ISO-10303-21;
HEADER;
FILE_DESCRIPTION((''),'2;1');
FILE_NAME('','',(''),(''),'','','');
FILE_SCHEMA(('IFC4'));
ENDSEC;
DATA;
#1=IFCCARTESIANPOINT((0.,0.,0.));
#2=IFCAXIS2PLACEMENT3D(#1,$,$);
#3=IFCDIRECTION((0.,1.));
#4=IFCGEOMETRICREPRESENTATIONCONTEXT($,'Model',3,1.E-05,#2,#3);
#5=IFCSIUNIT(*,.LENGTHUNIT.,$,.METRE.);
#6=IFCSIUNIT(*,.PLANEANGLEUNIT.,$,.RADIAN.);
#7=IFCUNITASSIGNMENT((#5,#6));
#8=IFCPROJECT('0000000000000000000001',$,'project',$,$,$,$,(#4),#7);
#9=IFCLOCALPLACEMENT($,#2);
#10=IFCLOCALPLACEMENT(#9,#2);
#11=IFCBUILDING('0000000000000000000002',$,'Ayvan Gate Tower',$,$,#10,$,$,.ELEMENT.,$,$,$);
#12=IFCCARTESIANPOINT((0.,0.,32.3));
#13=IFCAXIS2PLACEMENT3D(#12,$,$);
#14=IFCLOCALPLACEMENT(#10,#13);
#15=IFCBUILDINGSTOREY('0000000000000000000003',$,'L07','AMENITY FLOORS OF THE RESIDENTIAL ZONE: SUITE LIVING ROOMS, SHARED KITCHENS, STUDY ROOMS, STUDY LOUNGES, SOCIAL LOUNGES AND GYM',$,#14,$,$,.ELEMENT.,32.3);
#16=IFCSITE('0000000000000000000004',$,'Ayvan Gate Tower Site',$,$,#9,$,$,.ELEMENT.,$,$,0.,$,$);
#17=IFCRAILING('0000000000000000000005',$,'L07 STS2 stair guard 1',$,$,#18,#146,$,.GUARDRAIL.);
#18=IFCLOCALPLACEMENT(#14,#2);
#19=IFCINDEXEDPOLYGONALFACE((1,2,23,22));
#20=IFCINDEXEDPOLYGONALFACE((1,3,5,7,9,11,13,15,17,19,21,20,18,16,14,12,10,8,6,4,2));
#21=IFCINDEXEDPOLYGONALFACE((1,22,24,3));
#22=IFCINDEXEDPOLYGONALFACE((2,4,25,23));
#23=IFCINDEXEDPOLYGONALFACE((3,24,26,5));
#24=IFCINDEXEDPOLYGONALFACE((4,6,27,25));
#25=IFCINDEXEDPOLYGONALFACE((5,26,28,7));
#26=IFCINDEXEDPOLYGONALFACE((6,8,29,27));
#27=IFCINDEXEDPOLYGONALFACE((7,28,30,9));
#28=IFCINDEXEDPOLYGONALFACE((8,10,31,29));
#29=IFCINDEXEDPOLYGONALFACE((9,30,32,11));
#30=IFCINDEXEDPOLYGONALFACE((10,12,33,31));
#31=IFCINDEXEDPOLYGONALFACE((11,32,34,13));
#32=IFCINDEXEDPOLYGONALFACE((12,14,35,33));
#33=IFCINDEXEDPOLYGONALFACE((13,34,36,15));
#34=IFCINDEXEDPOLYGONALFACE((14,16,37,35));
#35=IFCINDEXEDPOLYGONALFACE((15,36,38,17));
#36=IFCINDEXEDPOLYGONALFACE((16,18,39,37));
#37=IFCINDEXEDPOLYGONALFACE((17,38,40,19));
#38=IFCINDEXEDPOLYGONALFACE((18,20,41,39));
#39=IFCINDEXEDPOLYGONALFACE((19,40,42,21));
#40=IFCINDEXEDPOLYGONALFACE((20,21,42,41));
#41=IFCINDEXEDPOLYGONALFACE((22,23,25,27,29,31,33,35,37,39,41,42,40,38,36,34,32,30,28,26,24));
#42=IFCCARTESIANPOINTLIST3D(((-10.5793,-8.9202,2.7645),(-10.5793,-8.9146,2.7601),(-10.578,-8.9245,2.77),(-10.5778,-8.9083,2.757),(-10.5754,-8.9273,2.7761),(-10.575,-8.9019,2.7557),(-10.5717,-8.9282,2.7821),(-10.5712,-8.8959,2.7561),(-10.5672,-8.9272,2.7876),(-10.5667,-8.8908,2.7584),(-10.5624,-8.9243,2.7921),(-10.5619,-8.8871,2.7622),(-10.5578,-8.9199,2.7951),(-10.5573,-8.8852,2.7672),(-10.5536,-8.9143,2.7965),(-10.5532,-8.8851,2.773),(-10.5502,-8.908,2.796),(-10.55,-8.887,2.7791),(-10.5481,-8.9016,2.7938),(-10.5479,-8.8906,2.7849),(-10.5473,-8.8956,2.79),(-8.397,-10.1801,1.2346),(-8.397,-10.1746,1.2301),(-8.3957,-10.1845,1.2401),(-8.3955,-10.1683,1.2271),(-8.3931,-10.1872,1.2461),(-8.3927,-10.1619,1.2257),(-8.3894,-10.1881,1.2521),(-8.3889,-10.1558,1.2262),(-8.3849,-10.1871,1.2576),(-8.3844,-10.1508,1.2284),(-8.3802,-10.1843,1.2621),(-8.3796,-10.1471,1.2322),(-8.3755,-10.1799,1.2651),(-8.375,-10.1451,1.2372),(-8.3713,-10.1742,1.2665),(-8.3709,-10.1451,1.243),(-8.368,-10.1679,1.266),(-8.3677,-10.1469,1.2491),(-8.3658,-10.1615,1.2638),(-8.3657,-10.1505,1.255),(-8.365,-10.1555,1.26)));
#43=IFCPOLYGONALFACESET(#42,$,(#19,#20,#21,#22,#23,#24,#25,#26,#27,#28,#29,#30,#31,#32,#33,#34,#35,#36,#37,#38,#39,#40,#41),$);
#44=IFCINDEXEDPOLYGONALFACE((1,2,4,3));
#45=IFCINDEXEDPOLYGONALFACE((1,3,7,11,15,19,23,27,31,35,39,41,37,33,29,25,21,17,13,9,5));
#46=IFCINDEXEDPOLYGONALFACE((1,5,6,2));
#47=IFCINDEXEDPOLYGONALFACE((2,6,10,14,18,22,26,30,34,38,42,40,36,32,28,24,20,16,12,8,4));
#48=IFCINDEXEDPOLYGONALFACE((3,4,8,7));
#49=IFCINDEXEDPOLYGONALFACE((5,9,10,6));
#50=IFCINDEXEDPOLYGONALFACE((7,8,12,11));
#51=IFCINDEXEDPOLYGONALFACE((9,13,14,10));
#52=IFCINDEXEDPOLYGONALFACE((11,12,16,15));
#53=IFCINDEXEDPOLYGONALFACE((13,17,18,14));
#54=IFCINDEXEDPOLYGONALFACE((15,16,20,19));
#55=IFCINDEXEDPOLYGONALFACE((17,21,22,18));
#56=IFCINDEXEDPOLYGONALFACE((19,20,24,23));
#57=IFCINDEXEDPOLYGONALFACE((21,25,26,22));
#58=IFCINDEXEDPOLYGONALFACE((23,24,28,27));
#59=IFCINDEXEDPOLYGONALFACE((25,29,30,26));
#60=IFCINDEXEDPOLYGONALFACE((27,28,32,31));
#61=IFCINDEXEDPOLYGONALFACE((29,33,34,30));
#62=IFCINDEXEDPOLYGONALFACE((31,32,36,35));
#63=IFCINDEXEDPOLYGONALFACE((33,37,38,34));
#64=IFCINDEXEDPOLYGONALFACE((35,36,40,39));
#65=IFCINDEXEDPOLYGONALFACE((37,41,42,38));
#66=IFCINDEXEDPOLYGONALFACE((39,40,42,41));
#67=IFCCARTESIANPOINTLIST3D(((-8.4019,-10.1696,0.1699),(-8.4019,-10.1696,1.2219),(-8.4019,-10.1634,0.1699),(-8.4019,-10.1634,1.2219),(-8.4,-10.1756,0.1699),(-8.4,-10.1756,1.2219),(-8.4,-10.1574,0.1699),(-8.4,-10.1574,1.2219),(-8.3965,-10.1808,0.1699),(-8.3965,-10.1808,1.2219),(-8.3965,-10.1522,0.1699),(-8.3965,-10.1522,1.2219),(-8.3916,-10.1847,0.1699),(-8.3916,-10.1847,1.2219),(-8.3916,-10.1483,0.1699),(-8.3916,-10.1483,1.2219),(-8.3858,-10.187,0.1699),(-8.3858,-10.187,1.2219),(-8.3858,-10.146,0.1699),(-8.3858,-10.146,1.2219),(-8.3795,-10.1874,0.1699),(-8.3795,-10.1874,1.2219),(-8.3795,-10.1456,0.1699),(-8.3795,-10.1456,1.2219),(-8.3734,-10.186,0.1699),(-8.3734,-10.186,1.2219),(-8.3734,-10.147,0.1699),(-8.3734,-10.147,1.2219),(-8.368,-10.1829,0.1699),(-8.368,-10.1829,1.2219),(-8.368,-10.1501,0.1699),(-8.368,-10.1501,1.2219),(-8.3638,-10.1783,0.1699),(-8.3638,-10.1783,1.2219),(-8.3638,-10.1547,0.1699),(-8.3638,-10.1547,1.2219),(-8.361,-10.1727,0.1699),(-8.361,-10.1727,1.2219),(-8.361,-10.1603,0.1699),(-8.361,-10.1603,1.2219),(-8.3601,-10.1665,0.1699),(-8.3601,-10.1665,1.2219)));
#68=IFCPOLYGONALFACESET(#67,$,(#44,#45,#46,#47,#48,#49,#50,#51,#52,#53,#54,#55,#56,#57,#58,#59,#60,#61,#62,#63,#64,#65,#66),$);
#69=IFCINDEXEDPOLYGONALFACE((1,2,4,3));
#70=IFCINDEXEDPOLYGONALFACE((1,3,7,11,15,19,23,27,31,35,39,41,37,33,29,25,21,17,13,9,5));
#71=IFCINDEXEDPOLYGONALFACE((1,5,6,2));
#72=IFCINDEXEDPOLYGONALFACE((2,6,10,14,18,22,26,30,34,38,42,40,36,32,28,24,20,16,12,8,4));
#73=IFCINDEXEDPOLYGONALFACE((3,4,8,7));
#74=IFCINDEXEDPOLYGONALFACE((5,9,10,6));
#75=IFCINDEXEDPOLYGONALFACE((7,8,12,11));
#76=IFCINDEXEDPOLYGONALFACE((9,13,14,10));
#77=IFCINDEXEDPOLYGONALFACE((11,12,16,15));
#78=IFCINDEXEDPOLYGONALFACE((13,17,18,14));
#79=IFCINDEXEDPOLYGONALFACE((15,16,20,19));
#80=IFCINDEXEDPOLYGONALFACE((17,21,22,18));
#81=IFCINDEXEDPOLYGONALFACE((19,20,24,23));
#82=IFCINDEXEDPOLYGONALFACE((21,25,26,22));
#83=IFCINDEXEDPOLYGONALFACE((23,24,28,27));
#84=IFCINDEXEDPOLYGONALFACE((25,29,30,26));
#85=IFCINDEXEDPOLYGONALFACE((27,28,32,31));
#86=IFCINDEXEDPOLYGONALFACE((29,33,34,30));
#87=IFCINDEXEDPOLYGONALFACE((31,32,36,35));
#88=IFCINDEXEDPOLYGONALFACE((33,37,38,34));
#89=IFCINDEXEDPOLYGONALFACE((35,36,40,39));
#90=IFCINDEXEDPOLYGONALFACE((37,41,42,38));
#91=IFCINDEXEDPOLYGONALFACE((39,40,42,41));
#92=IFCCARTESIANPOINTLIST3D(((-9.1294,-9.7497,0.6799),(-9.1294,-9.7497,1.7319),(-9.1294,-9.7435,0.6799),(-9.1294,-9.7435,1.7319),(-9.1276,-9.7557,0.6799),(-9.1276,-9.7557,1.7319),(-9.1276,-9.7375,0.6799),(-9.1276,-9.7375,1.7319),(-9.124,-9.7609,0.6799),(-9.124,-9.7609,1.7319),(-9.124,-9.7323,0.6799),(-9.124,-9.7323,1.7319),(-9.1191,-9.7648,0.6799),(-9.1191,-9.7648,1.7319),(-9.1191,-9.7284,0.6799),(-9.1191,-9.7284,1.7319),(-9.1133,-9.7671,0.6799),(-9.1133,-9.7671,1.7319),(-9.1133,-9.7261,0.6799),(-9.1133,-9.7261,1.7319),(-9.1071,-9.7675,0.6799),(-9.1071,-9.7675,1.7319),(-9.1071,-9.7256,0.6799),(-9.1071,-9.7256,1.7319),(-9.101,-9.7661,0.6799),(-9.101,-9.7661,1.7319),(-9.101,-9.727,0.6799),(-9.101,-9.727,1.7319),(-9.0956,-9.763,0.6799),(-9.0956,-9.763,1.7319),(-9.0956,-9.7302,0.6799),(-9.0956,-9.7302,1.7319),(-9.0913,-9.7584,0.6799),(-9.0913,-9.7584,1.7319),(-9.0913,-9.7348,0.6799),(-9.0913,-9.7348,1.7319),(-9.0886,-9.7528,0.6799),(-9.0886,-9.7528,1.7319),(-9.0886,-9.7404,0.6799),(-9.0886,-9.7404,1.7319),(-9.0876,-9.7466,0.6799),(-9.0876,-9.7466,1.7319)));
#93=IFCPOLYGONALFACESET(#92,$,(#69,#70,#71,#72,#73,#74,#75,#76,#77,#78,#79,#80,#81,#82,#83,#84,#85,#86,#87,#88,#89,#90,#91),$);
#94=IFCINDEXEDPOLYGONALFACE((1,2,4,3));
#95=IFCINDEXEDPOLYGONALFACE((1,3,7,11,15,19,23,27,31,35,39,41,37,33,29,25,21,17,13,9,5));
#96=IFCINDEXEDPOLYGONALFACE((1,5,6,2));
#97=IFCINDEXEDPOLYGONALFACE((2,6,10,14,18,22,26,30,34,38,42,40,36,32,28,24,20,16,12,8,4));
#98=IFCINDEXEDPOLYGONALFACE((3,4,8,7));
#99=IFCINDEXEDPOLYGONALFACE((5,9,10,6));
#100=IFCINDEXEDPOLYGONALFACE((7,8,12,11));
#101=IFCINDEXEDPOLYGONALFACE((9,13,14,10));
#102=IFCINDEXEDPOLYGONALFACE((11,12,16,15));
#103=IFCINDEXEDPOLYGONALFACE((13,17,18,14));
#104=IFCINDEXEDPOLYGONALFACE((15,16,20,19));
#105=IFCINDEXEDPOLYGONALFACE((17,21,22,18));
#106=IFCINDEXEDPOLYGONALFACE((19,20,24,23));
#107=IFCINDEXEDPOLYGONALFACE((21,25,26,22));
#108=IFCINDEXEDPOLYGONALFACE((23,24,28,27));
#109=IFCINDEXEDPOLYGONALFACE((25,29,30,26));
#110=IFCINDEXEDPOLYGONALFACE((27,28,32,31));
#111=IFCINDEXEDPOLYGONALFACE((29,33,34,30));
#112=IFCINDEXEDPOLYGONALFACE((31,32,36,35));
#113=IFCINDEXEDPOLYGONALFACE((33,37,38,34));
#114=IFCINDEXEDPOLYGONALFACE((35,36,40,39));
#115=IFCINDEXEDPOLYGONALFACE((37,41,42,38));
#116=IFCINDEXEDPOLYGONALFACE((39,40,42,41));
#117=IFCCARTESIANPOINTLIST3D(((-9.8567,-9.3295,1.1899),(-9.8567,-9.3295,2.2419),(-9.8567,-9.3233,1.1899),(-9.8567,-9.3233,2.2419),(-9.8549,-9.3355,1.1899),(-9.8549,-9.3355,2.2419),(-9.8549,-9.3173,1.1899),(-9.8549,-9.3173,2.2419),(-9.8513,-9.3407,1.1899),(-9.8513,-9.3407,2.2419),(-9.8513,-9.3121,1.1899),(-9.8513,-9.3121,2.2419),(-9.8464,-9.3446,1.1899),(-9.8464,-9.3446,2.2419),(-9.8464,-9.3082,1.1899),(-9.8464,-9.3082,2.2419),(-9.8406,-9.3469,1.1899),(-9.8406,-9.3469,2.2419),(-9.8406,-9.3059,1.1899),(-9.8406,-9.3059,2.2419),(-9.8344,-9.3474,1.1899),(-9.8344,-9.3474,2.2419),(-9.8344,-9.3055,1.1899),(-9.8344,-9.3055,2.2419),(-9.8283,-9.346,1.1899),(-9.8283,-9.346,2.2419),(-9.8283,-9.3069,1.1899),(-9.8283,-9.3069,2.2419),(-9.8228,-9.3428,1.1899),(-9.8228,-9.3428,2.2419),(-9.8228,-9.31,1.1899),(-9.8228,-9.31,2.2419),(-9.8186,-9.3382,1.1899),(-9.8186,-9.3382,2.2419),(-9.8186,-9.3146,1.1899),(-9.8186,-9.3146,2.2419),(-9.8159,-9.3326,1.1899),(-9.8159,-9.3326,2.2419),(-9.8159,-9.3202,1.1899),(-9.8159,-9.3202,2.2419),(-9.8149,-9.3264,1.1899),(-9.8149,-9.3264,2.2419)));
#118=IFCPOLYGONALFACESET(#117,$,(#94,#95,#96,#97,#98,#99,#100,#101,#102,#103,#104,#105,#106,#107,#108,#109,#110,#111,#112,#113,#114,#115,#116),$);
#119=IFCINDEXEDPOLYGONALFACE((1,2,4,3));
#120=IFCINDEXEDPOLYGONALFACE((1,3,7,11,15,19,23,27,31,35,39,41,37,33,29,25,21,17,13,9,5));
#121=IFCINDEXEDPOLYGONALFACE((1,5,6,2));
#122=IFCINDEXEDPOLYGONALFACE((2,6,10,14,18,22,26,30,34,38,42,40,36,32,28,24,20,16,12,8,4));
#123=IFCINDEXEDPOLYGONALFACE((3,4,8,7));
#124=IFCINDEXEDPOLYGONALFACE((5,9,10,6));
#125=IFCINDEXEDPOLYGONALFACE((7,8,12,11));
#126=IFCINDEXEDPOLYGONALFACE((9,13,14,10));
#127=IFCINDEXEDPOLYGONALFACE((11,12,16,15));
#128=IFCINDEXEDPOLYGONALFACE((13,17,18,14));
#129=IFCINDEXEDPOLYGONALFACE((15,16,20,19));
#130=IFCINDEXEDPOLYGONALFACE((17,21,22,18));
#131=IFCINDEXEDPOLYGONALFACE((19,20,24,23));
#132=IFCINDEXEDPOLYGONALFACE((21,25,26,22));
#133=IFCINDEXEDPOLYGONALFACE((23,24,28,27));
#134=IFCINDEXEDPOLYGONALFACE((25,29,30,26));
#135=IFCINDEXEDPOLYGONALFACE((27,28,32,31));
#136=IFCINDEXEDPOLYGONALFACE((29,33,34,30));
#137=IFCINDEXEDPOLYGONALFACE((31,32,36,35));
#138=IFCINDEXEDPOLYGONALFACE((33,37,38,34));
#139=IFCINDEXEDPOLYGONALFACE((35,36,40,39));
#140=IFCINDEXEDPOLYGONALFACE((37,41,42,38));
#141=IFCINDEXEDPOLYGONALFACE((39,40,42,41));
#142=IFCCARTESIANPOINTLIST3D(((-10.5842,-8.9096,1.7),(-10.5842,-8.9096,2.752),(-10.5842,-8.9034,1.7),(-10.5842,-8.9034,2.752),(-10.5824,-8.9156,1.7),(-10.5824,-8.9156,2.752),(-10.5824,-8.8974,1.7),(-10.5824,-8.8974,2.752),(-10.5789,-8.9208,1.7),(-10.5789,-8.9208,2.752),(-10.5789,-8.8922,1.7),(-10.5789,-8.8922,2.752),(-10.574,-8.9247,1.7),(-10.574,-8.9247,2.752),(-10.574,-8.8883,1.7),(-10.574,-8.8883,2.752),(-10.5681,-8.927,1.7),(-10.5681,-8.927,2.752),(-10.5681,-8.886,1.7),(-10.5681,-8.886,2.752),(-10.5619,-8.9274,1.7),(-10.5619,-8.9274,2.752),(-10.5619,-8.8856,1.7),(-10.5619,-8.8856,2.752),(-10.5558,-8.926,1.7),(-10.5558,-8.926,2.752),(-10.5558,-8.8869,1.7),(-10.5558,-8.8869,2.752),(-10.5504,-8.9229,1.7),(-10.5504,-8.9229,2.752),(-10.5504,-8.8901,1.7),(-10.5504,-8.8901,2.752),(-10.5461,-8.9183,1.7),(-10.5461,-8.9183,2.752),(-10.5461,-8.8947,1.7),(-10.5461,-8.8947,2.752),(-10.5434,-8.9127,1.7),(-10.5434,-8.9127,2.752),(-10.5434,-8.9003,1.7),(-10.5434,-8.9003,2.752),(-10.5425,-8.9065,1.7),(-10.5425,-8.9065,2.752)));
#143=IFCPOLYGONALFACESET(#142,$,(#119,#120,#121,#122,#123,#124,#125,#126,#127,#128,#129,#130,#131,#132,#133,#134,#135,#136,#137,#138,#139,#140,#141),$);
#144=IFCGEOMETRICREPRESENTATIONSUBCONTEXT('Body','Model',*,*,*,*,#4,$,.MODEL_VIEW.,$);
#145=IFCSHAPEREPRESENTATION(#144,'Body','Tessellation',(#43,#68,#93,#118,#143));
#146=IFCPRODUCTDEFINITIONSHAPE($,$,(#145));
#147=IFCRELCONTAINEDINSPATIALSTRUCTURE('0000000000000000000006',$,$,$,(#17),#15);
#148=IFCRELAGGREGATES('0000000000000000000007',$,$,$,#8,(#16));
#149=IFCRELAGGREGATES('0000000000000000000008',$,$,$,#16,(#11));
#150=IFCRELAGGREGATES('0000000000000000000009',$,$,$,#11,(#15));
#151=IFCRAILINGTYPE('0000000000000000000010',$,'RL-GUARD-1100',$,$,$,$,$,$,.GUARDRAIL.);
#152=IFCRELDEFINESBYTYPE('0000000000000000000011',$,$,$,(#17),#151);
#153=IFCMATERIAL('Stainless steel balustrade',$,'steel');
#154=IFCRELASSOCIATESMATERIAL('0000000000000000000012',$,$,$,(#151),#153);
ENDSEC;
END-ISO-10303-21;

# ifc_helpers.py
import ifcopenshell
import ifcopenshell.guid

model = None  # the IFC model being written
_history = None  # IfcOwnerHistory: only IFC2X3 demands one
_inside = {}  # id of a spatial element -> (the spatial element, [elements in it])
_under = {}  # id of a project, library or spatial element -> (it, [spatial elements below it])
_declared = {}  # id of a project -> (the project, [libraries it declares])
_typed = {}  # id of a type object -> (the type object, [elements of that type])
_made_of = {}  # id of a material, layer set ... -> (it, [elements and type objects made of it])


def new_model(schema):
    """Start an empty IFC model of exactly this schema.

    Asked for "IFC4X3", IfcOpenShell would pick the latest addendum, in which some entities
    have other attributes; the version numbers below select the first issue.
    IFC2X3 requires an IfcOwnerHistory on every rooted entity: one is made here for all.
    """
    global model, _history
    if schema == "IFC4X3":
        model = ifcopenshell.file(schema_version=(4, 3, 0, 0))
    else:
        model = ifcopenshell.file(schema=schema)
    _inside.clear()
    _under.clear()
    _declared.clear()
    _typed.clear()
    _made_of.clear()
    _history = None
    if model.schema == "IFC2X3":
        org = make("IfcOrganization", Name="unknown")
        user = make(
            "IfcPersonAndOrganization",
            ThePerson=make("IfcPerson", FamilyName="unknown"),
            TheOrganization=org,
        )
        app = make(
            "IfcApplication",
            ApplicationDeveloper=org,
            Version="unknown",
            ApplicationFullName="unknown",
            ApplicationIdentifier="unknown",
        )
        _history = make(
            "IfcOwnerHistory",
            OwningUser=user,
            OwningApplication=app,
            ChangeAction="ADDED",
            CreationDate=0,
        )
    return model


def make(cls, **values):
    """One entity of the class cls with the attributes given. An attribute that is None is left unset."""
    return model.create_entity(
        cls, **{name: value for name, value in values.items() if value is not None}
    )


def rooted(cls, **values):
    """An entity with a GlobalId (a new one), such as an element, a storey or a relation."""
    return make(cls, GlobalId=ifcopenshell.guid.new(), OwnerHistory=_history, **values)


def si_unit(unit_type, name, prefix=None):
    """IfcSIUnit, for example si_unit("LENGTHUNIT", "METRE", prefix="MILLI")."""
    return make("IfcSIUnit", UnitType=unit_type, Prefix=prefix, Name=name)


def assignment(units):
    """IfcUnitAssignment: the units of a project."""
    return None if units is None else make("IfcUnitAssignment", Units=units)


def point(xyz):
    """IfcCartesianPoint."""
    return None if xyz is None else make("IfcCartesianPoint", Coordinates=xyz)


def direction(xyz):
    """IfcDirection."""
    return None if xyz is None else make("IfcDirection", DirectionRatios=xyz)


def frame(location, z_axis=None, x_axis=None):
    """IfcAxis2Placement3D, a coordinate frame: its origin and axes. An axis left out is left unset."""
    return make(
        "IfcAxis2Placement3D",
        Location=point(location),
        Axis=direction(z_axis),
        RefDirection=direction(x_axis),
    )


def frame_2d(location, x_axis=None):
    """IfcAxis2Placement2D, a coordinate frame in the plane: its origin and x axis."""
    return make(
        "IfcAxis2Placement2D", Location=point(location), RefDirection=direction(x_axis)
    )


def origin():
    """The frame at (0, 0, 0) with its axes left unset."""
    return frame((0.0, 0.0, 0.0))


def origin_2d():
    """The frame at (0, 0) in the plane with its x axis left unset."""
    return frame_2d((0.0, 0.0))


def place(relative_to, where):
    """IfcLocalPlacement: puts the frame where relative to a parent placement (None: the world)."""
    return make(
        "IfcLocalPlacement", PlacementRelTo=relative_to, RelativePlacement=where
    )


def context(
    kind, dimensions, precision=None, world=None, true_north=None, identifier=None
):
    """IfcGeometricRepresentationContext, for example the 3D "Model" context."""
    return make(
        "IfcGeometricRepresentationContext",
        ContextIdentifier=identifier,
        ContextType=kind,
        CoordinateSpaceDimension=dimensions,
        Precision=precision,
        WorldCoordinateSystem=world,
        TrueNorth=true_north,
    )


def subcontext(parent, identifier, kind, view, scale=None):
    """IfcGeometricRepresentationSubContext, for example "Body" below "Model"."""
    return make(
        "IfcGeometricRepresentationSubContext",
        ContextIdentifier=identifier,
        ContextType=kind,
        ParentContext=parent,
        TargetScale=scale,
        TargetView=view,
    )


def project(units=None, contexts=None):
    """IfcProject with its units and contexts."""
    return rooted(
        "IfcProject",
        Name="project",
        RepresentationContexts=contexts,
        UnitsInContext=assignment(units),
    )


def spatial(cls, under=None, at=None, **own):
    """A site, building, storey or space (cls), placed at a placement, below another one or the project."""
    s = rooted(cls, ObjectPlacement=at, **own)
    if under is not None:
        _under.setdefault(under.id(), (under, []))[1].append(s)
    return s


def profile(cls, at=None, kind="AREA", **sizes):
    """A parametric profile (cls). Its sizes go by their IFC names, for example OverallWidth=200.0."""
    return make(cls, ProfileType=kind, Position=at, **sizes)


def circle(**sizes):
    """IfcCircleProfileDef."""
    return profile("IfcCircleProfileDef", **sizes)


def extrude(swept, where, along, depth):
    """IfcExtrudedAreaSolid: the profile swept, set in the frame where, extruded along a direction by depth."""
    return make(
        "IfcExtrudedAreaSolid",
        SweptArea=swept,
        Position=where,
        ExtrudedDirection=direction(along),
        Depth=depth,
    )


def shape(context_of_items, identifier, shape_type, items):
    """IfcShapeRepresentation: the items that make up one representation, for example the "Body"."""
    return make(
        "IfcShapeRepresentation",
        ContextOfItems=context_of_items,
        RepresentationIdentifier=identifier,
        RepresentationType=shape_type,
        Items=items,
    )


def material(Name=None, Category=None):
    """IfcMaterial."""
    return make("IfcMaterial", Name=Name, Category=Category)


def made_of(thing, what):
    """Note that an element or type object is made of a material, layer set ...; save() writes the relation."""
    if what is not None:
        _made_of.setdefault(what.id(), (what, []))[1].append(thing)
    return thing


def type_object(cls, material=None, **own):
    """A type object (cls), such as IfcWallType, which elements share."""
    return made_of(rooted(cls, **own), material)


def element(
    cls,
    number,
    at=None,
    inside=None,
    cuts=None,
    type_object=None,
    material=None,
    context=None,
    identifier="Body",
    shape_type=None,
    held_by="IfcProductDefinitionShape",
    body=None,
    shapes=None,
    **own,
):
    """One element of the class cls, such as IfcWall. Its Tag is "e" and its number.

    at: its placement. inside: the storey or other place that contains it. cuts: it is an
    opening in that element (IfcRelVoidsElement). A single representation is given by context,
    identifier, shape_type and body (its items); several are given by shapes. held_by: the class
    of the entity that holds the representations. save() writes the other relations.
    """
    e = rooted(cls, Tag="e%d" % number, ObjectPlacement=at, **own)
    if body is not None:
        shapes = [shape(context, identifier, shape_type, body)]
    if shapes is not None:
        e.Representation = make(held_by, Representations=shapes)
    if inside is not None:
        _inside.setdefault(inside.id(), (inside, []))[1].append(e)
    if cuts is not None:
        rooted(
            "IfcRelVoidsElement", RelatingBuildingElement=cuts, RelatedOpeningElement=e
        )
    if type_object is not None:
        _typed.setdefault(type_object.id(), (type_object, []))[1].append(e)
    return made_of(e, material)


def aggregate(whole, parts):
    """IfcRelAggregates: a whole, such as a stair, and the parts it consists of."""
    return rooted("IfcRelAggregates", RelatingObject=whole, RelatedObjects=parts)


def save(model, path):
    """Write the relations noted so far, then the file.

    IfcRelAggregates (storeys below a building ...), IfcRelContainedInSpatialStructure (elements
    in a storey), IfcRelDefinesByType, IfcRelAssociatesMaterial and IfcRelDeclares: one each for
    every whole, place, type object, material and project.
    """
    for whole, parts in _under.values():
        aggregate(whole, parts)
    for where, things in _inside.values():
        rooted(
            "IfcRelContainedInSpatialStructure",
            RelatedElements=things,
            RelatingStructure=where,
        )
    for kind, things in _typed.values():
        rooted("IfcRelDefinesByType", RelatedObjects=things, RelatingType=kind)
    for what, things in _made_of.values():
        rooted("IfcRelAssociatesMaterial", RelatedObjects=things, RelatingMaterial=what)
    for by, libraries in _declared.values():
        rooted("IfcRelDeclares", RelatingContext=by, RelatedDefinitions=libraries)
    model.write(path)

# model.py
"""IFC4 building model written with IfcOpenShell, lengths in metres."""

from ifc_helpers import new_model, si_unit, direction, frame, origin, origin_2d, place, context, subcontext, project, spatial, circle, extrude, material, type_object, element, save


model = new_model("IFC4")

# Units and contexts
model_context = context("Model", 3, precision=1e-05, world=origin(), true_north=direction((0.0, 1.0)))
body_context = subcontext(model_context, "Body", "Model", "MODEL_VIEW")
ifc_project = project(units=[si_unit("LENGTHUNIT", "METRE"), si_unit("PLANEANGLEUNIT", "RADIAN")], contexts=[model_context])

# Site, building, storey
site_placement = place(None, origin())
site = spatial("IfcSite", under=ifc_project, at=site_placement, Name="Ayvan Gate Tower Site", CompositionType="ELEMENT", RefElevation=0.0)
building_placement = place(site_placement, origin())
building = spatial("IfcBuilding", under=site, at=building_placement, Name="Ayvan Gate Tower", CompositionType="ELEMENT")
storey_placement = place(building_placement, frame((0.0, 0.0, 32.3)))
storey = spatial("IfcBuildingStorey", under=building, at=storey_placement, Name="L07", Description="AMENITY FLOORS OF THE RESIDENTIAL ZONE: SUITE LIVING ROOMS, SHARED KITCHENS, STUDY ROOMS, STUDY LOUNGES, SOCIAL LOUNGES AND GYM", CompositionType="ELEMENT", Elevation=32.3)

# Railing
ifc_material_1 = material(Name="Stainless steel balustrade", Category="steel")
railing_type_1 = type_object("IfcRailingType", Name="RL-GUARD-1100", PredefinedType="GUARDRAIL", material=ifc_material_1)
railing_1_placement = place(storey_placement, frame((-8.3811, -10.1665, 0.1699)))
element("IfcRailing", 1, at=railing_1_placement, inside=storey, type_object=railing_type_1, Name="L07 STS2 stair guard 1", PredefinedType="GUARDRAIL", context=body_context, shape_type="SweptSolid", body=[
    extrude(circle(Radius=0.0239, at=origin_2d()), frame((0.0, 0.0, 1.0762), z_axis=(-0.740261, 0.427395, 0.518986), x_axis=(-0.500005, -0.866023, 0.0)), (0.0, 0.0, 1.0), 2.948),
    extrude(circle(Radius=0.021, at=origin_2d()), origin(), (0.0, 0.0, 1.0), 1.052),
    extrude(circle(Radius=0.021, at=origin_2d()), frame((-0.7275, 0.4199, 0.51)), (0.0, 0.0, 1.0), 1.052),
    extrude(circle(Radius=0.021, at=origin_2d()), frame((-1.4548, 0.8401, 1.02)), (0.0, 0.0, 1.0), 1.052),
    extrude(circle(Radius=0.021, at=origin_2d()), frame((-2.1824, 1.26, 1.53)), (0.0, 0.0, 1.0), 1.052),
])

save(model, "model.ifc")
